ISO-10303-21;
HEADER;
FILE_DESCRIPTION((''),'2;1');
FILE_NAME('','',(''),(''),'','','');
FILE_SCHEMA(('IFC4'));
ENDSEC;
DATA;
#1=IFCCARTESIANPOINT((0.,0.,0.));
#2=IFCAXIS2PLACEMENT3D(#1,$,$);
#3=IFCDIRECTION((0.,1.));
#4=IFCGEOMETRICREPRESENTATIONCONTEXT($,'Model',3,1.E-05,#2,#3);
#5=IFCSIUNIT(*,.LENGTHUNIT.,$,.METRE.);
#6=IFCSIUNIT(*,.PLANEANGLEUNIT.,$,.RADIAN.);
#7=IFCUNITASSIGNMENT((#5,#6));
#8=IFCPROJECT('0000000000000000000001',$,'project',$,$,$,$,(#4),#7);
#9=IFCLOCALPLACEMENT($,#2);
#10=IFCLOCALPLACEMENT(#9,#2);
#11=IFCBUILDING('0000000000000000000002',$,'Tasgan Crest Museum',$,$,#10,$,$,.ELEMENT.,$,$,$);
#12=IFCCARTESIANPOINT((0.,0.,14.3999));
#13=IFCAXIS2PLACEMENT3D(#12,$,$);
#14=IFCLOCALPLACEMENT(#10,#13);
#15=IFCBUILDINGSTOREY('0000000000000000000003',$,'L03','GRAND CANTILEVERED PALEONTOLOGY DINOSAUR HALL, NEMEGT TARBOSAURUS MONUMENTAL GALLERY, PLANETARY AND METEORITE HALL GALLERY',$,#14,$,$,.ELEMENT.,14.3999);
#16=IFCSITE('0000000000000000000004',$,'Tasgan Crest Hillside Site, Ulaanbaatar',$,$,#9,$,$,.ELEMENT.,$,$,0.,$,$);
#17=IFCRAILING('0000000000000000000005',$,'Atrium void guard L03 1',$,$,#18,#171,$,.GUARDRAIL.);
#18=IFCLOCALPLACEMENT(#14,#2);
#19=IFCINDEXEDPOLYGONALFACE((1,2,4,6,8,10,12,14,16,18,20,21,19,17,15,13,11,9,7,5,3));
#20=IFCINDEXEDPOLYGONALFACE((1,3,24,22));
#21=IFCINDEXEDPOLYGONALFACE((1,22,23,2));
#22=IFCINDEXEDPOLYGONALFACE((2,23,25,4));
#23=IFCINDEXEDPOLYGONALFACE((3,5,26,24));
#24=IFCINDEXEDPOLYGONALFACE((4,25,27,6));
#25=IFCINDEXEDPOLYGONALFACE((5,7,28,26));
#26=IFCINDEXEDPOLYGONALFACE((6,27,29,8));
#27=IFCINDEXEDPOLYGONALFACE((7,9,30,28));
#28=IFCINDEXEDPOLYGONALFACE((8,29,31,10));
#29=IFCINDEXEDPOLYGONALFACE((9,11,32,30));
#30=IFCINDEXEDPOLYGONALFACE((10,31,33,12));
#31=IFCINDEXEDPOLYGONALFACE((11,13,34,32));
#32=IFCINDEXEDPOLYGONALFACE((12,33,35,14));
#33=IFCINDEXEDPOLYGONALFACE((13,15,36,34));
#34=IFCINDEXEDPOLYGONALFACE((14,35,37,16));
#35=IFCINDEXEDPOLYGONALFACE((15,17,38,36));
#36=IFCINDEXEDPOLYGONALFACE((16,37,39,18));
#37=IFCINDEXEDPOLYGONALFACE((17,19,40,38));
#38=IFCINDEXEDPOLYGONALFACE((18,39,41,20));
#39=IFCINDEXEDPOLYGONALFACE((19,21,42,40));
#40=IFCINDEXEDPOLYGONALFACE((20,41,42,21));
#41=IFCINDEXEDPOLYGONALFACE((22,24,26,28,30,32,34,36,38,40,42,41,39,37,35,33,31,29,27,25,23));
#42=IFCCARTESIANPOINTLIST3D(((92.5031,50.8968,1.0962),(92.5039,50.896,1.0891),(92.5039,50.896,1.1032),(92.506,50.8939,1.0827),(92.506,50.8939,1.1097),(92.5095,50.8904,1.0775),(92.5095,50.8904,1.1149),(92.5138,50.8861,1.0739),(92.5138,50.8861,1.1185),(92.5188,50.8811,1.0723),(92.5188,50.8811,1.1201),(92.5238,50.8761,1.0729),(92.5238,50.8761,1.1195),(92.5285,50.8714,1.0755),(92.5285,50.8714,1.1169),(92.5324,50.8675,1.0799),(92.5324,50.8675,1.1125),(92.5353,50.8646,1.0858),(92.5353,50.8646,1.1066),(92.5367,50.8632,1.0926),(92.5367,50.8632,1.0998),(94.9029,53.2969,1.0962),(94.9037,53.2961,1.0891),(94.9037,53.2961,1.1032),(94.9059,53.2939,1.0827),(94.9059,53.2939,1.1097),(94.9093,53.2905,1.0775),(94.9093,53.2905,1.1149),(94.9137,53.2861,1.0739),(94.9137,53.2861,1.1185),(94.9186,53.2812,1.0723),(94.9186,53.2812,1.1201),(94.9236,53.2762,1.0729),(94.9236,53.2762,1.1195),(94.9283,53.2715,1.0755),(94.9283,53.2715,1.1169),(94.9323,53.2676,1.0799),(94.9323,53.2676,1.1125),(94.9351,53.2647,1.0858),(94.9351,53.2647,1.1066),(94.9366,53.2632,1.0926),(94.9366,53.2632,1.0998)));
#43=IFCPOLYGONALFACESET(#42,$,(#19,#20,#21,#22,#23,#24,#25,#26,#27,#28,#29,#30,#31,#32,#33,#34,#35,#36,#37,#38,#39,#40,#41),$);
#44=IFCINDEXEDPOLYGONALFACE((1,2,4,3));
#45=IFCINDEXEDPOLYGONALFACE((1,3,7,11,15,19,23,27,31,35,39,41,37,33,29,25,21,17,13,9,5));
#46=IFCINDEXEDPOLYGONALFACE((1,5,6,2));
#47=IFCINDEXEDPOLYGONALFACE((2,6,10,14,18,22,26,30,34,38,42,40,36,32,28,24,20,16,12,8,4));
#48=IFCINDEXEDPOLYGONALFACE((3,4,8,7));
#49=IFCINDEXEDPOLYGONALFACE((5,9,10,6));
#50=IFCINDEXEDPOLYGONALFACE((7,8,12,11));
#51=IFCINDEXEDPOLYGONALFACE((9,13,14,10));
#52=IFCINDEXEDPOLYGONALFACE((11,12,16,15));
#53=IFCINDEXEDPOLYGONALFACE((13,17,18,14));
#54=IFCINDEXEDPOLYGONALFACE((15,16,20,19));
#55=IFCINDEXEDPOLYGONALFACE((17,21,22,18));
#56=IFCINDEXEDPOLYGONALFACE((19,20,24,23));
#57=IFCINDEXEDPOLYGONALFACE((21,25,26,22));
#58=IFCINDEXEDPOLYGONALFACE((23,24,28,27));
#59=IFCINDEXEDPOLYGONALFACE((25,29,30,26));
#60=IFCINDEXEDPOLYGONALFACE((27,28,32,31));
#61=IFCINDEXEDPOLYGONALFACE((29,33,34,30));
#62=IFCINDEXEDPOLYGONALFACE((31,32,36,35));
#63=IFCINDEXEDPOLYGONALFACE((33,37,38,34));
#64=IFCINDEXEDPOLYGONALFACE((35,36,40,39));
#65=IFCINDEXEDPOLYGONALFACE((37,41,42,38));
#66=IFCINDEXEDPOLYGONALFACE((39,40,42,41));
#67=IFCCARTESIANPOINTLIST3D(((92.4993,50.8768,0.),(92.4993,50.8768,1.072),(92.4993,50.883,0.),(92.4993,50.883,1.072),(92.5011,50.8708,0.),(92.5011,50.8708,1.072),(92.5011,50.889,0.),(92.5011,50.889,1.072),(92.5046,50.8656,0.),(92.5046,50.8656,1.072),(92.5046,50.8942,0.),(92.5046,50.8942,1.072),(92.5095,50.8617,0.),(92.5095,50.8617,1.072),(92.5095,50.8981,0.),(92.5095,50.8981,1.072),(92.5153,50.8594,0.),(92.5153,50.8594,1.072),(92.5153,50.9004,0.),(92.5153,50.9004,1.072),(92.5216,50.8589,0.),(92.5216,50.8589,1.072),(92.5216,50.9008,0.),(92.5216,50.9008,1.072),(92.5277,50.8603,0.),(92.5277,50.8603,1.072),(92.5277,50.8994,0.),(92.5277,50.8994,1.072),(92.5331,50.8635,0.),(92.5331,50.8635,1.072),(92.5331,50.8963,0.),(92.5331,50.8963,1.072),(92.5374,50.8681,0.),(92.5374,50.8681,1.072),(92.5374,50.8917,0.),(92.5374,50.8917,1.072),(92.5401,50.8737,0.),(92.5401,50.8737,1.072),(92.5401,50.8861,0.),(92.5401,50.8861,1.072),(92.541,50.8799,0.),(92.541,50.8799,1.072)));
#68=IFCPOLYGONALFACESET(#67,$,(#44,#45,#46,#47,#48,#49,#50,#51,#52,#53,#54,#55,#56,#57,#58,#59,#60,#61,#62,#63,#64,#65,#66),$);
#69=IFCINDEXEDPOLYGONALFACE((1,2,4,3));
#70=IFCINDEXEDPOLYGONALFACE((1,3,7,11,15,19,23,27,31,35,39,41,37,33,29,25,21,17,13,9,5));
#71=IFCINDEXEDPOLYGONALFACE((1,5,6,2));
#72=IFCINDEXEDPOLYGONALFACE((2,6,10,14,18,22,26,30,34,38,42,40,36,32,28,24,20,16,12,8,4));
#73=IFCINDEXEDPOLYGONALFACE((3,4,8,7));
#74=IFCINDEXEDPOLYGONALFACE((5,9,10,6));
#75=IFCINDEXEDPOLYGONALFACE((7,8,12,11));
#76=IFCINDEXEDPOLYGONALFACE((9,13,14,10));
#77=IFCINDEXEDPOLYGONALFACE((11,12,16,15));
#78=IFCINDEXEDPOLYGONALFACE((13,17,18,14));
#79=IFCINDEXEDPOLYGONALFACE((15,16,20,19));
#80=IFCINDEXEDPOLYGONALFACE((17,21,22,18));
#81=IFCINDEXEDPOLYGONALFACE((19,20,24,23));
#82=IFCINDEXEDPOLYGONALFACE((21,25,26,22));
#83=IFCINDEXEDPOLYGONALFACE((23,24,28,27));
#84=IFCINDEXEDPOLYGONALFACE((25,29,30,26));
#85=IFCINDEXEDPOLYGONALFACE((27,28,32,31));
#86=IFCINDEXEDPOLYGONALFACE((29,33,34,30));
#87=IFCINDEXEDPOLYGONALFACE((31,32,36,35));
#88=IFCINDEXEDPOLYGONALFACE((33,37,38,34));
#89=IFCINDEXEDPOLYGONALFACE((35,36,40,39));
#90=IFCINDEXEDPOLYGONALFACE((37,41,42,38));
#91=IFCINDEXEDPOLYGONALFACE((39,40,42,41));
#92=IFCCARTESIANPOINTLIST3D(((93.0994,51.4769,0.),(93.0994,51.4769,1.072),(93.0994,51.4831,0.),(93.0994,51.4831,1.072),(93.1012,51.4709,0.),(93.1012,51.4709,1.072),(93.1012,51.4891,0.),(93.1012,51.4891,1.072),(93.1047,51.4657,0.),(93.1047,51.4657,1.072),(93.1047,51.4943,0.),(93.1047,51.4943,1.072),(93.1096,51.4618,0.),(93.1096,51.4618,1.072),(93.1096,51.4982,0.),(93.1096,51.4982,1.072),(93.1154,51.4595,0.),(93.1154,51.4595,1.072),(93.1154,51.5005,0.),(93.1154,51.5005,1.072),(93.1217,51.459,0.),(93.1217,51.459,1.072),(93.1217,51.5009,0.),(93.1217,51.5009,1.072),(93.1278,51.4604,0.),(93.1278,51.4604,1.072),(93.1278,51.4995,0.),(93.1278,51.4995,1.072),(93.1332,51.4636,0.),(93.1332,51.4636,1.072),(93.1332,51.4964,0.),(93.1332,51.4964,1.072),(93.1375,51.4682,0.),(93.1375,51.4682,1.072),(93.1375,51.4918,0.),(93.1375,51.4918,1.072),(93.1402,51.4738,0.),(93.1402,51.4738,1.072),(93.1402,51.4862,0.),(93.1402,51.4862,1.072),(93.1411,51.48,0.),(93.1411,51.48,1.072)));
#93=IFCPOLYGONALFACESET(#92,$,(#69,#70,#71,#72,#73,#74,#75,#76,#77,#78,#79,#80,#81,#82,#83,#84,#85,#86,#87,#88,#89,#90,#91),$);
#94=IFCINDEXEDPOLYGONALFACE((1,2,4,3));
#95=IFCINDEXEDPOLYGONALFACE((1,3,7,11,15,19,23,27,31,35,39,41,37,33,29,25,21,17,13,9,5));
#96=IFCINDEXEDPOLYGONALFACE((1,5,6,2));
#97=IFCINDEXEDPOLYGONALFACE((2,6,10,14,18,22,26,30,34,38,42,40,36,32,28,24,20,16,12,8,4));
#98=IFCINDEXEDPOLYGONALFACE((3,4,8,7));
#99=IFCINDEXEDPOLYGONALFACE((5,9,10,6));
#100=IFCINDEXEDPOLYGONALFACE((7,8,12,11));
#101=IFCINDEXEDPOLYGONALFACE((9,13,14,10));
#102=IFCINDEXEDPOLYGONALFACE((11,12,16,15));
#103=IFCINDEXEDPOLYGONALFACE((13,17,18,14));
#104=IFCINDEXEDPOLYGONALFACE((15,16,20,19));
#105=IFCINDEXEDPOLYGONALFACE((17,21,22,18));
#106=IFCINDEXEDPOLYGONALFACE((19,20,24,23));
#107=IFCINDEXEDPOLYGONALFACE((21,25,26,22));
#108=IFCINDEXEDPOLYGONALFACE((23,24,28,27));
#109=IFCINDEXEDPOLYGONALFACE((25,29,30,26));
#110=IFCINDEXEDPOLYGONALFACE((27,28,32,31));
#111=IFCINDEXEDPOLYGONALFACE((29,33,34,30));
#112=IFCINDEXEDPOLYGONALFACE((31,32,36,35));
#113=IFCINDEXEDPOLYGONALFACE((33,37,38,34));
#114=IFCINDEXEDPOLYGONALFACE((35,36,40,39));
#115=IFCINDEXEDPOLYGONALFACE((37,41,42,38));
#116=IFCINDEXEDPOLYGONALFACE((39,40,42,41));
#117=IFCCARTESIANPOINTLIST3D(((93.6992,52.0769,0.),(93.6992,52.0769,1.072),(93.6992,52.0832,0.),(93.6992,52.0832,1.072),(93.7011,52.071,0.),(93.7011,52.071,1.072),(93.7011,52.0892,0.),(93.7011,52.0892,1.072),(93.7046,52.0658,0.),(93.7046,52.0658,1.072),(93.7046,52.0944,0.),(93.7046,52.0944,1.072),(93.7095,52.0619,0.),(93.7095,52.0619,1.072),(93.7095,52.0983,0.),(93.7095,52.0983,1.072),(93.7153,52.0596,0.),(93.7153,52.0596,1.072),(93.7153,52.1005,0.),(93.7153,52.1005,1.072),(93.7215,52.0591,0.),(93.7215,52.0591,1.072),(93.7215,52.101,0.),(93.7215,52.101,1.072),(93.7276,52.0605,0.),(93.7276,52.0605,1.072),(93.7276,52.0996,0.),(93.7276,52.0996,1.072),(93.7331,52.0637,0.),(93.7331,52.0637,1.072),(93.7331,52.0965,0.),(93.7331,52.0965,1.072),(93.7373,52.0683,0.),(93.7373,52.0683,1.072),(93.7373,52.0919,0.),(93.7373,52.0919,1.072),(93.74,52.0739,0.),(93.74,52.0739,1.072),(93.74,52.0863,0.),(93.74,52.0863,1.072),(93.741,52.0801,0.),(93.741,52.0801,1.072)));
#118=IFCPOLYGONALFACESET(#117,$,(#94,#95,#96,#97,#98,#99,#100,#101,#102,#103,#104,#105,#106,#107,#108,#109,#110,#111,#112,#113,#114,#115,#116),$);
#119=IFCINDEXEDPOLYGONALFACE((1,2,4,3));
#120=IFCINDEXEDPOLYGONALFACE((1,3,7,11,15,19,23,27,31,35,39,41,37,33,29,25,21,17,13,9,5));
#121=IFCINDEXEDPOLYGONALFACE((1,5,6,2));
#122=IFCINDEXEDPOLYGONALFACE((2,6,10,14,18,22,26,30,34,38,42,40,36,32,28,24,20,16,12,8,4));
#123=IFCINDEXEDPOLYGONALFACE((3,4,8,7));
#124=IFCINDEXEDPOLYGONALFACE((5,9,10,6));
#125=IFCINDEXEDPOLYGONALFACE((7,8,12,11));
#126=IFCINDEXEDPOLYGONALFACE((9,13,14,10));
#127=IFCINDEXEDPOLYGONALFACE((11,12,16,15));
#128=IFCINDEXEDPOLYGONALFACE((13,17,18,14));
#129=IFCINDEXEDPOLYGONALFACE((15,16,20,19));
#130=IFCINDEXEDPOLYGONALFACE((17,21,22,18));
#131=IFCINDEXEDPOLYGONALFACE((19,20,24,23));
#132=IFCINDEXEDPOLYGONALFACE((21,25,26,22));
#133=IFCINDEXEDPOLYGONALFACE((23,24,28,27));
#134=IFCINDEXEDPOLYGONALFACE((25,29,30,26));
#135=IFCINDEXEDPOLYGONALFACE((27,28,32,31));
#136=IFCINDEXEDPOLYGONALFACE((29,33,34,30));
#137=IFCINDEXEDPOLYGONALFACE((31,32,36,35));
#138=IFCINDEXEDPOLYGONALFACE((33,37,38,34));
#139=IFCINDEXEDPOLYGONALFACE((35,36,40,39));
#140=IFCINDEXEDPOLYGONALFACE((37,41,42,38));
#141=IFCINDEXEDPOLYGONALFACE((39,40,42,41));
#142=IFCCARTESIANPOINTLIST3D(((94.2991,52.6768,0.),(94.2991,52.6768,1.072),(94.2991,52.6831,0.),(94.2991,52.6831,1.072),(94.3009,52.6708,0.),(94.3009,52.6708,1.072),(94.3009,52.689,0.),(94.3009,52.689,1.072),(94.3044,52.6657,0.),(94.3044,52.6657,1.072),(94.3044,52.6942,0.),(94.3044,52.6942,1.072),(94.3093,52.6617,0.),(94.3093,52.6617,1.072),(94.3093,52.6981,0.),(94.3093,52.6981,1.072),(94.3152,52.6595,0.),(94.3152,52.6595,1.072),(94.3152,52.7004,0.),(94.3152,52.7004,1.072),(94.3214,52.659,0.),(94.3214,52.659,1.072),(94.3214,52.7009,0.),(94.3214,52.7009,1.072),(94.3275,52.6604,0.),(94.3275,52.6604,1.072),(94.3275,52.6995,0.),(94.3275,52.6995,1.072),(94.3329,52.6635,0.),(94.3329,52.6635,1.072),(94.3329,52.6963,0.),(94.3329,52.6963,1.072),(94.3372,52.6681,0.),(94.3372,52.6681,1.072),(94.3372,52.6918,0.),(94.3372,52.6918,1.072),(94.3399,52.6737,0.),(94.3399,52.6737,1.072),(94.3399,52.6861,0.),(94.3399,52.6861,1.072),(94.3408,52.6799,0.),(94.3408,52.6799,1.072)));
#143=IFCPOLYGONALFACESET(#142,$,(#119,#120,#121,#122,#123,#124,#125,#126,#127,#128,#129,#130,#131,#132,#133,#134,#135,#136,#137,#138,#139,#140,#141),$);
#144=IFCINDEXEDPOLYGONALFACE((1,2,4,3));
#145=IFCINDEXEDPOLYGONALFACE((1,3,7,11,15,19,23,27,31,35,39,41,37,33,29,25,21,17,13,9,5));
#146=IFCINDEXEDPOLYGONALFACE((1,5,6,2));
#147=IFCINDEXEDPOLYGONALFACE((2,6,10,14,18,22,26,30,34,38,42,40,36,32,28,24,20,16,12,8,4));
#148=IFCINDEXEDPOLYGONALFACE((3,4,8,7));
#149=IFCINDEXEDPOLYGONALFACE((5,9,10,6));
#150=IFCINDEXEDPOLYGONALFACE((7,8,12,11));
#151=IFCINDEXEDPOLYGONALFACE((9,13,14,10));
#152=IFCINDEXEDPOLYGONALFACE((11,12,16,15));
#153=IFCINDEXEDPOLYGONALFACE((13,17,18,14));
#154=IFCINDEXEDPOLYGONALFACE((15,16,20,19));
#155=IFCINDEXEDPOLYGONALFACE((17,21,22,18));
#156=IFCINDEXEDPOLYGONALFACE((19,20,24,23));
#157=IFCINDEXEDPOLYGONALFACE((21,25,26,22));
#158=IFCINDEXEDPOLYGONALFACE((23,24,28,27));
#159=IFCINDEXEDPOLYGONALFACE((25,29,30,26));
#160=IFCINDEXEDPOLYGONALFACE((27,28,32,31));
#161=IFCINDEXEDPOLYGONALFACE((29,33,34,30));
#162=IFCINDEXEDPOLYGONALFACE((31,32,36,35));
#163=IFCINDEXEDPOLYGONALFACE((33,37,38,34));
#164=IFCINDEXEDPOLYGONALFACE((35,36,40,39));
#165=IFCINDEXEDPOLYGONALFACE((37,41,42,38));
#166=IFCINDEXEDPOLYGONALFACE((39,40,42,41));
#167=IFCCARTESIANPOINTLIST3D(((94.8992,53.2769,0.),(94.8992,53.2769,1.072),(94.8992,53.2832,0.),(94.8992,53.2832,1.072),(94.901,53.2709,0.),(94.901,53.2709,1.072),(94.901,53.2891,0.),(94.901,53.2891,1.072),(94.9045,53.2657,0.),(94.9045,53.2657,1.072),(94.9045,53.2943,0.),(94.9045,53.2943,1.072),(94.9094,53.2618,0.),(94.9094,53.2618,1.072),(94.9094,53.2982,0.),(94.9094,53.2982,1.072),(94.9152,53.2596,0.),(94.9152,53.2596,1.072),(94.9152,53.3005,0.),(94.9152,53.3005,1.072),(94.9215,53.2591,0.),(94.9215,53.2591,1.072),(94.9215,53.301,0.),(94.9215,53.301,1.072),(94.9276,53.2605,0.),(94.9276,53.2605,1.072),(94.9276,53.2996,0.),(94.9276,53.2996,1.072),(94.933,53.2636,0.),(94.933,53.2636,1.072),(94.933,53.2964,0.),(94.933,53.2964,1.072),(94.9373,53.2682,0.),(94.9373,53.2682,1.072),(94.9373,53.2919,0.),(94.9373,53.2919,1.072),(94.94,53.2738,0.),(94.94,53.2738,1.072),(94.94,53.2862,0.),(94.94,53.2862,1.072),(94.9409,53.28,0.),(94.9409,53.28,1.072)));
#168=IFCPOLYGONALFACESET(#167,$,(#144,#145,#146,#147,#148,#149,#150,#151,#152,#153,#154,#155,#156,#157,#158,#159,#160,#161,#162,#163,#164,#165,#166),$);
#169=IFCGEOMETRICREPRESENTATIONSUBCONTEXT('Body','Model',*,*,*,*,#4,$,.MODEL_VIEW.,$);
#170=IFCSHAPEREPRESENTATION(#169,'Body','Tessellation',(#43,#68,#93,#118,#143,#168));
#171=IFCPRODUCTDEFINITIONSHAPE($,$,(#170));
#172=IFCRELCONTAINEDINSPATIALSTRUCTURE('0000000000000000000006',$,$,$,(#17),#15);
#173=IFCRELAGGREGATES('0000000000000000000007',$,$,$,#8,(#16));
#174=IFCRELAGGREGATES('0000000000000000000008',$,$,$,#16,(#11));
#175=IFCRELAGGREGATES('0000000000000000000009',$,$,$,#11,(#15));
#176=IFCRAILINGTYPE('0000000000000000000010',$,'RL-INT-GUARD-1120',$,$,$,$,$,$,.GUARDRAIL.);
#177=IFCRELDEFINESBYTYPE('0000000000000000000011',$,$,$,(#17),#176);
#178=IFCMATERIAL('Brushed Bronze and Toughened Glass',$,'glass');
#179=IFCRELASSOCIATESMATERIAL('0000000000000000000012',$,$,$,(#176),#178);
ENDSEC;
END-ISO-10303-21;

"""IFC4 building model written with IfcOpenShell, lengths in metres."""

from ifc_helpers import new_model, si_unit, direction, frame, origin, origin_2d, place, context, subcontext, project, spatial, circle, extrude, material, type_object, element, save


model = new_model("IFC4")

# Units and contexts
model_context = context("Model", 3, precision=1e-05, world=origin(), true_north=direction((0.0, 1.0)))
body_context = subcontext(model_context, "Body", "Model", "MODEL_VIEW")
ifc_project = project(units=[si_unit("LENGTHUNIT", "METRE"), si_unit("PLANEANGLEUNIT", "RADIAN")], contexts=[model_context])

# Site, building, storey
site_placement = place(None, origin())
site = spatial("IfcSite", under=ifc_project, at=site_placement, Name="Tasgan Crest Hillside Site, Ulaanbaatar", CompositionType="ELEMENT", RefElevation=0.0)
building_placement = place(site_placement, origin())
building = spatial("IfcBuilding", under=site, at=building_placement, Name="Tasgan Crest Museum", CompositionType="ELEMENT")
storey_placement = place(building_placement, frame((0.0, 0.0, 14.3999)))
storey = spatial("IfcBuildingStorey", under=building, at=storey_placement, Name="L03", Description="GRAND CANTILEVERED PALEONTOLOGY DINOSAUR HALL, NEMEGT TARBOSAURUS MONUMENTAL GALLERY, PLANETARY AND METEORITE HALL GALLERY", CompositionType="ELEMENT", Elevation=14.3999)

# Railing
ifc_material_1 = material(Name="Brushed Bronze and Toughened Glass", Category="glass")
railing_type = type_object("IfcRailingType", Name="RL-INT-GUARD-1120", PredefinedType="GUARDRAIL", material=ifc_material_1)
railing_1_placement = place(storey_placement, frame((92.52, 50.8799, 0.0)))
element("IfcRailing", 1, at=railing_1_placement, inside=storey, type_object=railing_type, Name="Atrium void guard L03 1", PredefinedType="GUARDRAIL", context=body_context, shape_type="SweptSolid", body=[
    extrude(circle(Radius=0.0239, at=origin_2d()), frame((0.0, 0.0, 1.0962), z_axis=(0.707071, 0.707143, 0.0), x_axis=(-0.707143, 0.707071, 0.0)), (0.0, 0.0, 1.0), 3.394),
    extrude(circle(Radius=0.021, at=origin_2d()), origin(), (0.0, 0.0, 1.0), 1.072),
    extrude(circle(Radius=0.021, at=origin_2d()), frame((0.6001, 0.6001, 0.0)), (0.0, 0.0, 1.0), 1.072),
    extrude(circle(Radius=0.021, at=origin_2d()), frame((1.2, 1.2002, 0.0)), (0.0, 0.0, 1.0), 1.072),
    extrude(circle(Radius=0.021, at=origin_2d()), frame((1.7998, 1.8, 0.0)), (0.0, 0.0, 1.0), 1.072),
    extrude(circle(Radius=0.021, at=origin_2d()), frame((2.3999, 2.4001, 0.0)), (0.0, 0.0, 1.0), 1.072),
])

save(model, "model.ifc")
